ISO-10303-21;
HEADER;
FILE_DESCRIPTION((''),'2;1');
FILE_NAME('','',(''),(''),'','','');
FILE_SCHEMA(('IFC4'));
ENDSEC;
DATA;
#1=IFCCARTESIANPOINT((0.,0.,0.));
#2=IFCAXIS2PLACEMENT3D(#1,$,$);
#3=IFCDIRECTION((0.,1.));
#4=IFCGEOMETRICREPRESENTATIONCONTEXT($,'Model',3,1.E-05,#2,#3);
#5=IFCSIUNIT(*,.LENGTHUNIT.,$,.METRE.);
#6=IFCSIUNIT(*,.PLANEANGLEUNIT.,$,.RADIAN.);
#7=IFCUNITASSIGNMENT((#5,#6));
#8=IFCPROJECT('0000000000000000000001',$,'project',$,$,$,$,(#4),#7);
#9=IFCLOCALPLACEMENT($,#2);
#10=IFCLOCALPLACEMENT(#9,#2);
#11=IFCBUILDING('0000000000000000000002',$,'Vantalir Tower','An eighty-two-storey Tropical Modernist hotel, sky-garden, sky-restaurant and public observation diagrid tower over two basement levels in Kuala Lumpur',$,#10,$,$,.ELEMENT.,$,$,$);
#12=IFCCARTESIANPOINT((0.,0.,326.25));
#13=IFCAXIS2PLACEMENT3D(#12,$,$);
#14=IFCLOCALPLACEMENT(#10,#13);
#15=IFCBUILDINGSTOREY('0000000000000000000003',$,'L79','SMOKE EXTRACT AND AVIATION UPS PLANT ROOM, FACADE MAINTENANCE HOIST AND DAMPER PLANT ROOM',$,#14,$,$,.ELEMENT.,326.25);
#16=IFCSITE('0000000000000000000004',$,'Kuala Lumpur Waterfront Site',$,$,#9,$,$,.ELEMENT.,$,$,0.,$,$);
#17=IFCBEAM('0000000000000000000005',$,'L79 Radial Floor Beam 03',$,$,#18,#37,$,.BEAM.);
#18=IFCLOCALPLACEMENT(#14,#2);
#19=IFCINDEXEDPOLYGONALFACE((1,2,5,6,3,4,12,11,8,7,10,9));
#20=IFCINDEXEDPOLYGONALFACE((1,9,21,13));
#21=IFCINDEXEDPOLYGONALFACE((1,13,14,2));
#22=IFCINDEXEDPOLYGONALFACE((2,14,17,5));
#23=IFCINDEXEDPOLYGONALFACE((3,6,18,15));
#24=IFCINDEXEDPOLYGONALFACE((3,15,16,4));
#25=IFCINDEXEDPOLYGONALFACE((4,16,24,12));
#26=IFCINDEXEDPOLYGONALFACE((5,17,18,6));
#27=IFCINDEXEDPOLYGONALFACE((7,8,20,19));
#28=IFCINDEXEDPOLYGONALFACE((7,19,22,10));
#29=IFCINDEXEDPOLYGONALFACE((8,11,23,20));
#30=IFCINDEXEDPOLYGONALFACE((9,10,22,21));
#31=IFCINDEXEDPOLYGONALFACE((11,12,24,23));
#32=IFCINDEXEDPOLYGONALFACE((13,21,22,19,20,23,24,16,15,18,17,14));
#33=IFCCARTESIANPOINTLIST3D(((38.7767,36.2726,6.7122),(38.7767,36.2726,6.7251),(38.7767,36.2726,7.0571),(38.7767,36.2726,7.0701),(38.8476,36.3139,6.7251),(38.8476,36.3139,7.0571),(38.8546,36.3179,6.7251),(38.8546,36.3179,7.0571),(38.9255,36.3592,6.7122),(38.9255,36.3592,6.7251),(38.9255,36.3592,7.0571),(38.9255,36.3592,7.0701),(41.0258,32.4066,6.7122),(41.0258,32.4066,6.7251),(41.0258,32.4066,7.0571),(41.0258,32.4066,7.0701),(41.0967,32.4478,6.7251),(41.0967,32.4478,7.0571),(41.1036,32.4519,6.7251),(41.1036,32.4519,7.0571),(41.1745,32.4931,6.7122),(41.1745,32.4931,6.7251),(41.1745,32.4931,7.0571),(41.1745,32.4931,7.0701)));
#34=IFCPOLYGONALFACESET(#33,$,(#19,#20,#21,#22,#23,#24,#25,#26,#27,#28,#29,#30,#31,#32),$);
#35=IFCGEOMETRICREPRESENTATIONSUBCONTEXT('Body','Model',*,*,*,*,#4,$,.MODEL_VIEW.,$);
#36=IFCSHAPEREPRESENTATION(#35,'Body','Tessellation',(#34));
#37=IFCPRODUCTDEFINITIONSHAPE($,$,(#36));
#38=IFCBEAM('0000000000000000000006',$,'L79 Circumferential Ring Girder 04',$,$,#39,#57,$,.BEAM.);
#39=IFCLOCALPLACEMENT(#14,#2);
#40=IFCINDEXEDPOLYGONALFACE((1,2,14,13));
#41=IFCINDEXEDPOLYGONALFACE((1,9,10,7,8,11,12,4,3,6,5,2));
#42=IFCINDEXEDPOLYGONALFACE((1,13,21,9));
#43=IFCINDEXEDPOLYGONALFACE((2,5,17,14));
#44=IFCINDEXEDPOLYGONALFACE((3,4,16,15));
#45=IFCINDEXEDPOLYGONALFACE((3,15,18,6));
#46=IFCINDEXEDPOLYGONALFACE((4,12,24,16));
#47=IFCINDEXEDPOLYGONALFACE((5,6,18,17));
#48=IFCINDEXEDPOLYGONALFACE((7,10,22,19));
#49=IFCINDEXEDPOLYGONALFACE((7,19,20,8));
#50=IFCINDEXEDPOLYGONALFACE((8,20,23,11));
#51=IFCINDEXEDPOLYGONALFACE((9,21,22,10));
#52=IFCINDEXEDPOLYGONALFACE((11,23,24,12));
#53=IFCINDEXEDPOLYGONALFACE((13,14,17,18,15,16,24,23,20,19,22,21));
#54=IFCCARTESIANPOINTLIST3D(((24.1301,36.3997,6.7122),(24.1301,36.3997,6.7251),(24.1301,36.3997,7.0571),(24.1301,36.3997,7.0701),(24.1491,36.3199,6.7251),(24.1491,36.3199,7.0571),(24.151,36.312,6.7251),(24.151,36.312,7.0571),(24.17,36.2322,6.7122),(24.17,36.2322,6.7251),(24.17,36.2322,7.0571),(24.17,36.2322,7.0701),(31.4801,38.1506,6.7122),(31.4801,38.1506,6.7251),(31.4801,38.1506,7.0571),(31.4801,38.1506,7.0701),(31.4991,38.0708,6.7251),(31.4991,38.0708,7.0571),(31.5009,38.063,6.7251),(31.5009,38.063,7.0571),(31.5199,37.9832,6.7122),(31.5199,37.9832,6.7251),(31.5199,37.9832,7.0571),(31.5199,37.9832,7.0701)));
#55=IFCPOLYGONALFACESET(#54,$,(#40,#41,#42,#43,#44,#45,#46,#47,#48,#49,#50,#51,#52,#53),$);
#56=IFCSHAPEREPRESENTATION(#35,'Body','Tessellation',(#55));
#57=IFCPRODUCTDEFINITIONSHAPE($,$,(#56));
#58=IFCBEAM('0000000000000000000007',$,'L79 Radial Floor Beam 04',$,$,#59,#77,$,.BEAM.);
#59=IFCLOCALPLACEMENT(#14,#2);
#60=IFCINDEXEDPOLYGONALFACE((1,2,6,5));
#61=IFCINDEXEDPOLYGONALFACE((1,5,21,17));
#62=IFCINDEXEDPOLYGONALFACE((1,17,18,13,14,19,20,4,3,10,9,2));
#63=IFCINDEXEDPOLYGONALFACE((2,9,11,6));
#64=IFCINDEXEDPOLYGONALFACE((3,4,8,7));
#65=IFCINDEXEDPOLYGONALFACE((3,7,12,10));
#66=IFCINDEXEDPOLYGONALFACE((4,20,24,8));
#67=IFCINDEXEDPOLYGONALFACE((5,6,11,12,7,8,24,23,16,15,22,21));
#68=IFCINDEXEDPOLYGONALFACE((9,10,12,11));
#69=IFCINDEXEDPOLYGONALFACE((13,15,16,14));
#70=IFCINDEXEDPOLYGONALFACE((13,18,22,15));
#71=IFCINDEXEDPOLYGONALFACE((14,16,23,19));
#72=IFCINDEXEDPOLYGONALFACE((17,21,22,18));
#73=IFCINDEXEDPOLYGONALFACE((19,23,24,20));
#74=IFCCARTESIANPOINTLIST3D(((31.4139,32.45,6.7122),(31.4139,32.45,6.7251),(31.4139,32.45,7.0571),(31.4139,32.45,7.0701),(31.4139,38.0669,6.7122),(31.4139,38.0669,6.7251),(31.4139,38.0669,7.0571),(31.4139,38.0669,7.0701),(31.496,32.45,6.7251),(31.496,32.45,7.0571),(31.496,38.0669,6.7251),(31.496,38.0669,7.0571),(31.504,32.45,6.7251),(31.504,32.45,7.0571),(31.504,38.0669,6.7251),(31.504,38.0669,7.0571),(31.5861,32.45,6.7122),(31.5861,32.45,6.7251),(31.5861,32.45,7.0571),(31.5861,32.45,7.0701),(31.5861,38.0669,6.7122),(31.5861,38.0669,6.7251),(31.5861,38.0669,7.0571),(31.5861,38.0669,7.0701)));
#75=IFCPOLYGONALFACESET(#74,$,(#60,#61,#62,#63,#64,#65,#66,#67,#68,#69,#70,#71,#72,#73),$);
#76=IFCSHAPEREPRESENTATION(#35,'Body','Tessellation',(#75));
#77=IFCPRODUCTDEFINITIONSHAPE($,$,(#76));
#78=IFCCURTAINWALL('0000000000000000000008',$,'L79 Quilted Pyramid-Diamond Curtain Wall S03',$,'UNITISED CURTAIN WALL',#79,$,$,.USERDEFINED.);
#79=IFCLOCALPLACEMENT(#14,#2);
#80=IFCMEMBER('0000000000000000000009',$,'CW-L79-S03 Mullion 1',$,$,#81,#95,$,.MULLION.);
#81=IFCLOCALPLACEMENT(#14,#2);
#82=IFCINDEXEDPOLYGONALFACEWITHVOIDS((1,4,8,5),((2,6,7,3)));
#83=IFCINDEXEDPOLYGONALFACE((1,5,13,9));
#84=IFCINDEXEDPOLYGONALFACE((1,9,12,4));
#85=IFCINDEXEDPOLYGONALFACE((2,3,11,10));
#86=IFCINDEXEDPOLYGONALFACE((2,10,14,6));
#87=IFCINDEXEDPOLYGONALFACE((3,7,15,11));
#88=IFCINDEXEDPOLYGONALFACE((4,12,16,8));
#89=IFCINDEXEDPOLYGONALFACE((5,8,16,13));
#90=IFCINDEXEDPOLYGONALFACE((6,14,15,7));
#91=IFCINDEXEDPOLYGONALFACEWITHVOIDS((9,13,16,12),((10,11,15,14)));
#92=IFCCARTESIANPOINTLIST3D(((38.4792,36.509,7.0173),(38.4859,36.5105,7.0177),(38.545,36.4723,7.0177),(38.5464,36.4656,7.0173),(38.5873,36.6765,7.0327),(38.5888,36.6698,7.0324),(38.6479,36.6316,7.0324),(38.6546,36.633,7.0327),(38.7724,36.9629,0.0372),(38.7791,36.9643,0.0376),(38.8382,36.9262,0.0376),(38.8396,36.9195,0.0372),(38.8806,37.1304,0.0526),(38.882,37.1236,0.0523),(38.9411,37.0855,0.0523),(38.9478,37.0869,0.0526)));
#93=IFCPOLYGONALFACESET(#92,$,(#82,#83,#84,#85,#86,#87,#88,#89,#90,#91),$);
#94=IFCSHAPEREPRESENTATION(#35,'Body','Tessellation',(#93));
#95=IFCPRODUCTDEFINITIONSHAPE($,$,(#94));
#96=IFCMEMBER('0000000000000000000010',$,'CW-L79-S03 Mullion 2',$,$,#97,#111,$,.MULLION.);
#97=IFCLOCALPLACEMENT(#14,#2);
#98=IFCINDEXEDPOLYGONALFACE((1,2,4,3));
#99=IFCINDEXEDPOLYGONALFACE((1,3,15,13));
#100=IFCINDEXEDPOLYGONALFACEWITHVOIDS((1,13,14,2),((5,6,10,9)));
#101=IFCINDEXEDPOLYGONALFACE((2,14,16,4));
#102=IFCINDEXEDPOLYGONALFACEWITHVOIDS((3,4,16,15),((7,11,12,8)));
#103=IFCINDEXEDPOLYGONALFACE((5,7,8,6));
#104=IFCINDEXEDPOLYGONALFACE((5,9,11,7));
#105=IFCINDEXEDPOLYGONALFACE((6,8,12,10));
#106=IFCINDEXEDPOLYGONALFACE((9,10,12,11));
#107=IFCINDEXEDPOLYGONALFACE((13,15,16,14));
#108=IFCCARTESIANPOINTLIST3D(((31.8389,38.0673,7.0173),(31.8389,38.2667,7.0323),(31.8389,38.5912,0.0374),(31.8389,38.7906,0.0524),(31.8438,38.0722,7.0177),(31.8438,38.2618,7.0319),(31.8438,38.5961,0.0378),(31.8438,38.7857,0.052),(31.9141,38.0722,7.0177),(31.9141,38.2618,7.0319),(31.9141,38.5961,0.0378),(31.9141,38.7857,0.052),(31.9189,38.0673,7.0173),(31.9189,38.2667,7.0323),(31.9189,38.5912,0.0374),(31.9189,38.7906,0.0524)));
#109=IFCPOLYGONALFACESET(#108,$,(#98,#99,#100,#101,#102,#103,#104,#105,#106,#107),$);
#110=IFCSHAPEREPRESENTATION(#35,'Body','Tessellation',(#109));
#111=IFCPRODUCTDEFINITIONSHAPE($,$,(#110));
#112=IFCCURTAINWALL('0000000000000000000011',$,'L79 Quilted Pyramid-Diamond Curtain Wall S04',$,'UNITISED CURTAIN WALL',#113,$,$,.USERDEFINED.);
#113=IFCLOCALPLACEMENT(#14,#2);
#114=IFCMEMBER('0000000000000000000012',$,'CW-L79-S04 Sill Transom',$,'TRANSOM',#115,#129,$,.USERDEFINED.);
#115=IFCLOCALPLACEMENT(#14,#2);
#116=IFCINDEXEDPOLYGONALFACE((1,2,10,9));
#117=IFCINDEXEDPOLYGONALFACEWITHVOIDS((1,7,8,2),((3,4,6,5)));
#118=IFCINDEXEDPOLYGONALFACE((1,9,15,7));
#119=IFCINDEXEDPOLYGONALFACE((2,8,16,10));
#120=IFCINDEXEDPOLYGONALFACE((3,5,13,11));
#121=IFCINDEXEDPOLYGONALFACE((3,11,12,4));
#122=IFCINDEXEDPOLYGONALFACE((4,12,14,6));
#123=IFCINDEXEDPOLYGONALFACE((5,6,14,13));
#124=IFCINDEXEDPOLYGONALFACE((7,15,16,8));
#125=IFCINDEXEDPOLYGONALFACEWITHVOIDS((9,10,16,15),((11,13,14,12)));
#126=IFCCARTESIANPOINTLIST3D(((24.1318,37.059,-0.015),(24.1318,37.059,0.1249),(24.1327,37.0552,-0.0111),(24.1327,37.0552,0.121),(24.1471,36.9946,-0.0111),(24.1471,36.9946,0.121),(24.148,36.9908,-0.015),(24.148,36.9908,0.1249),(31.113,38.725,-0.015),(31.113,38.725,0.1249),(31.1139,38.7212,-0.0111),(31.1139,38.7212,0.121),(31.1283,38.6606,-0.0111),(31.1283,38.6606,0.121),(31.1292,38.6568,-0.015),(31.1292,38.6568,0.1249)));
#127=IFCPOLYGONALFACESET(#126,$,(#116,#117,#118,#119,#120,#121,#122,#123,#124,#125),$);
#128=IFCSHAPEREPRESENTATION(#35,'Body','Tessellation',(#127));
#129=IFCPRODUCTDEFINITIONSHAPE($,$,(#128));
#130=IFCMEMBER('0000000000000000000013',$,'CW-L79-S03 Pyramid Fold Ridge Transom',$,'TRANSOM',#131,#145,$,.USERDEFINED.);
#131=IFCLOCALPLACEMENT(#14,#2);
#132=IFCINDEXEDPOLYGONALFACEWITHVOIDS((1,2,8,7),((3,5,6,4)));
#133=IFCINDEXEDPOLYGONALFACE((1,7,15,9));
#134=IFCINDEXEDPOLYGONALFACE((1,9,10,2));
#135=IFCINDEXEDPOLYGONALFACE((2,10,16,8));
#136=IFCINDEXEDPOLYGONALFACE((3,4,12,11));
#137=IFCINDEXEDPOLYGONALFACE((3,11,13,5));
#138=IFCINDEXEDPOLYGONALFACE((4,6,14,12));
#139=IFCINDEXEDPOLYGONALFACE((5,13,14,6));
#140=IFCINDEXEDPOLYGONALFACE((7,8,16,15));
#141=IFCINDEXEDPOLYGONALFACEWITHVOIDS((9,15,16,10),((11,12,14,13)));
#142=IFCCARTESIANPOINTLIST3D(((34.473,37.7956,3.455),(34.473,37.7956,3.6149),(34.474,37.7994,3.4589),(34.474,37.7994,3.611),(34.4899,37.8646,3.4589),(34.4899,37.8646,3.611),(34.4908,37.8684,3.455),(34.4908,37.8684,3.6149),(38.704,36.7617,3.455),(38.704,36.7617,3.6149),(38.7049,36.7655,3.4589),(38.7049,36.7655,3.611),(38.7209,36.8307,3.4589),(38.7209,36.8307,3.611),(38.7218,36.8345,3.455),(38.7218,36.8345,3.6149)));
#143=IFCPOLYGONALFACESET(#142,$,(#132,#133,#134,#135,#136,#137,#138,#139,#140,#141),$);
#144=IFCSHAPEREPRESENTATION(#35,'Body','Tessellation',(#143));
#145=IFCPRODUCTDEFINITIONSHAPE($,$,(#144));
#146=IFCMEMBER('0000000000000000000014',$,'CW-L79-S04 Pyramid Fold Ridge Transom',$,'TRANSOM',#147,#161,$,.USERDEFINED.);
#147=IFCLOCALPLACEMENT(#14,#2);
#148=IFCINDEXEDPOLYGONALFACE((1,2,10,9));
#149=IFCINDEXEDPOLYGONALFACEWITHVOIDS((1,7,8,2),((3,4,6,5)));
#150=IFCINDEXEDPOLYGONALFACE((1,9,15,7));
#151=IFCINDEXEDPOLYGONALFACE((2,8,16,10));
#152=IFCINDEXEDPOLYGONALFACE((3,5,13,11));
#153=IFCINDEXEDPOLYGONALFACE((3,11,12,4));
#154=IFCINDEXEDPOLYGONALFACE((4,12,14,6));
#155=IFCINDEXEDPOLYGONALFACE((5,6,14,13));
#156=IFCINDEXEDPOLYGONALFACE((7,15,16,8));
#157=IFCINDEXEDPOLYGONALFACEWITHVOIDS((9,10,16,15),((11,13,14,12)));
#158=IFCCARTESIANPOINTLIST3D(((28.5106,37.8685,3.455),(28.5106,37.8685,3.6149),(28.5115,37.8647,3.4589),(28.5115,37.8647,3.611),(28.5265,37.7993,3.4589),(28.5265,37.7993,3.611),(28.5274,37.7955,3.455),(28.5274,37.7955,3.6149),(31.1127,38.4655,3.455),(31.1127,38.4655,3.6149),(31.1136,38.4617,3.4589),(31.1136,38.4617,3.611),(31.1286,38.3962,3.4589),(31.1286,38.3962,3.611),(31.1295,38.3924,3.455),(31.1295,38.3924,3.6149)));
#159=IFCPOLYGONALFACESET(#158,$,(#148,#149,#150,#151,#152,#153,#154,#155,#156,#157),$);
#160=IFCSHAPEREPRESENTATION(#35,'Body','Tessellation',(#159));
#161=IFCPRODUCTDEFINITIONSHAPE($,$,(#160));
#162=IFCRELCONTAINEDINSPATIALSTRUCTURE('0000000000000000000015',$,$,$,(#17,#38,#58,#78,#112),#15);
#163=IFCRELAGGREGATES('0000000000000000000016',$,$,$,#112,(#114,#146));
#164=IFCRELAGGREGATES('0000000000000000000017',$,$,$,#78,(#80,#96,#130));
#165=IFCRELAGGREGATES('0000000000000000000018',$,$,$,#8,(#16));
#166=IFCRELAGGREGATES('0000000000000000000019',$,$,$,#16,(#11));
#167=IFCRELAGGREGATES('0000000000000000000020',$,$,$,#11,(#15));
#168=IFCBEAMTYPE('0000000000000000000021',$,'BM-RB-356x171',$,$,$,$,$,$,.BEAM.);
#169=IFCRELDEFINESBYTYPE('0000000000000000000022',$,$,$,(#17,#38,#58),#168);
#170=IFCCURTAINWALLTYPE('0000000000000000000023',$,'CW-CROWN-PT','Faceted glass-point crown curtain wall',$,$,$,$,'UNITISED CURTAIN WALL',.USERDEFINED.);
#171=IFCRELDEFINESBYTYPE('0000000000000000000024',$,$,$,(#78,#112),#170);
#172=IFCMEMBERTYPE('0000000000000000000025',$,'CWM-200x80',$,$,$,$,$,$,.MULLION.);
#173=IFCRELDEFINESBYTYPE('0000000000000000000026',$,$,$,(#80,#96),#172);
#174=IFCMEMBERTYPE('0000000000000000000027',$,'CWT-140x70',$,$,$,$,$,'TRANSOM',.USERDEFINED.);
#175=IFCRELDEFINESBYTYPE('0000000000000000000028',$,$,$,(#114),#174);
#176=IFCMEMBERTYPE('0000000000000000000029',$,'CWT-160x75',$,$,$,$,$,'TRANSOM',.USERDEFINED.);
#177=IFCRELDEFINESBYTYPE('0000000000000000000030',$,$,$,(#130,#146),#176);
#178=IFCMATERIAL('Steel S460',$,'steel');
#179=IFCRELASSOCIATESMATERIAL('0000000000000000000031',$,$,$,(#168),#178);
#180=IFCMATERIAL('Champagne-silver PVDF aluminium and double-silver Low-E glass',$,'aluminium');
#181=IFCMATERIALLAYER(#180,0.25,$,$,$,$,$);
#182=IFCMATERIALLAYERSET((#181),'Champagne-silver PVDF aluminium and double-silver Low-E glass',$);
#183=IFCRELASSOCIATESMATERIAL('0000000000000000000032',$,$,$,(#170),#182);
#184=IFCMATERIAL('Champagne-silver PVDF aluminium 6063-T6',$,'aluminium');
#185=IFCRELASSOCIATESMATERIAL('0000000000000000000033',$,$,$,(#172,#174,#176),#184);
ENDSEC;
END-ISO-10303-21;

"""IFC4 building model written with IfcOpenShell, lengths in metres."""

from ifc_helpers import new_model, si_unit, direction, frame, origin, origin_2d, place, context, subcontext, project, spatial, hollow_rectangle, i_section, extrude, material, layer, layer_set, material_profile, profile_set, type_object, element, aggregate, save


model = new_model("IFC4")

# Units and contexts
model_context = context("Model", 3, precision=1e-05, world=origin(), true_north=direction((0.0, 1.0)))
body_context = subcontext(model_context, "Body", "Model", "MODEL_VIEW")
ifc_project = project(units=[si_unit("LENGTHUNIT", "METRE"), si_unit("PLANEANGLEUNIT", "RADIAN")], contexts=[model_context])

# Site, building, storey
site_placement = place(None, origin())
site = spatial("IfcSite", under=ifc_project, at=site_placement, Name="Kuala Lumpur Waterfront Site", CompositionType="ELEMENT", RefElevation=0.0)
building_placement = place(site_placement, origin())
building = spatial("IfcBuilding", under=site, at=building_placement, Name="Vantalir Tower", Description="An eighty-two-storey Tropical Modernist hotel, sky-garden, sky-restaurant and public observation diagrid tower over two basement levels in Kuala Lumpur", CompositionType="ELEMENT")
storey_placement = place(building_placement, frame((0.0, 0.0, 326.25)))
storey = spatial("IfcBuildingStorey", under=building, at=storey_placement, Name="L79", Description="SMOKE EXTRACT AND AVIATION UPS PLANT ROOM, FACADE MAINTENANCE HOIST AND DAMPER PLANT ROOM", CompositionType="ELEMENT", Elevation=326.25)

# Shared definitions
ifc_material_1 = material(Name="Steel S460", Category="steel")

# Beams
ifc_material_profile_1 = material_profile(ifc_material_1, i_section(OverallWidth=0.1721, OverallDepth=0.3579, WebThickness=0.0081, FlangeThickness=0.0129, at=origin_2d()), Name="Steel S460")
ifc_profile_set_1 = profile_set([ifc_material_profile_1], Name="Steel S460")
beam_type_1 = type_object("IfcBeamType", Name="BM-RB-356x171", PredefinedType="BEAM", material=ifc_profile_set_1)
beam_1_placement = place(storey_placement, frame((38.8511, 36.3159, 6.8911), z_axis=(0.502849, -0.864374, 0.0), x_axis=(0.864374, 0.502849, 0.0)))
element("IfcBeam", 1, at=beam_1_placement, inside=storey, type_object=beam_type_1, Name="L79 Radial Floor Beam 03", PredefinedType="BEAM", context=body_context, shape_type="SweptSolid", body=[
    extrude(i_section(OverallWidth=0.1721, OverallDepth=0.3579, WebThickness=0.0081, FlangeThickness=0.0129, at=origin_2d()), origin(), (0.0, 0.0, 1.0), 4.4727),
])
beam_2_placement = place(storey_placement, frame((31.5, 38.0669, 6.8911), z_axis=(-0.972778, -0.23174, 0.0), x_axis=(0.23174, -0.972778, 0.0)))
element("IfcBeam", 2, at=beam_2_placement, inside=storey, type_object=beam_type_1, Name="L79 Circumferential Ring Girder 04", PredefinedType="BEAM", context=body_context, shape_type="SweptSolid", body=[
    extrude(i_section(OverallWidth=0.1721, OverallDepth=0.3579, WebThickness=0.0081, FlangeThickness=0.0129, at=origin_2d()), origin(), (0.0, 0.0, 1.0), 7.5557),
])
beam_3_placement = place(storey_placement, frame((31.5, 38.0669, 6.8911), z_axis=(0.0, -1.0, 0.0), x_axis=(1.0, 0.0, 0.0)))
element("IfcBeam", 3, at=beam_3_placement, inside=storey, type_object=beam_type_1, Name="L79 Radial Floor Beam 04", PredefinedType="BEAM", context=body_context, shape_type="SweptSolid", body=[
    extrude(i_section(OverallWidth=0.1721, OverallDepth=0.3579, WebThickness=0.0081, FlangeThickness=0.0129, at=origin_2d()), origin(), (0.0, 0.0, 1.0), 5.6169),
])

# Curtain wall, members
ifc_material_2 = material(Name="Champagne-silver PVDF aluminium and double-silver Low-E glass", Category="aluminium")
ifc_layer_1 = layer(ifc_material_2, 0.25)
ifc_layer_set_1 = layer_set([ifc_layer_1], Name="Champagne-silver PVDF aluminium and double-silver Low-E glass")
curtain_wall_type = type_object("IfcCurtainWallType", Name="CW-CROWN-PT", Description="Faceted glass-point crown curtain wall", ElementType="UNITISED CURTAIN WALL", PredefinedType="USERDEFINED", material=ifc_layer_set_1)
curtain_wall_1_placement = place(storey_placement, origin())
curtain_wall_1 = element("IfcCurtainWall", 4, at=curtain_wall_1_placement, inside=storey, type_object=curtain_wall_type, Name="L79 Quilted Pyramid-Diamond Curtain Wall S03", ObjectType="UNITISED CURTAIN WALL", PredefinedType="USERDEFINED")
ifc_material_3 = material(Name="Champagne-silver PVDF aluminium 6063-T6", Category="aluminium")
ifc_material_profile_2 = material_profile(ifc_material_3, hollow_rectangle(XDim=0.0801, YDim=0.2, WallThickness=0.0049, at=origin_2d()), Name="Champagne-silver PVDF aluminium 6063-T6")
ifc_profile_set_2 = profile_set([ifc_material_profile_2], Name="Champagne-silver PVDF aluminium 6063-T6")
member_type_1 = type_object("IfcMemberType", Name="CWM-200x80", PredefinedType="MULLION", material=ifc_profile_set_2)
member_1_placement = place(storey_placement, frame((38.8601, 37.0249, 0.0449), z_axis=(-0.041882, -0.064829, 0.997017), x_axis=(0.839958, -0.542652, 0.0)))
member_1 = element("IfcMember", 5, at=member_1_placement, type_object=member_type_1, Name="CW-L79-S03 Mullion 1", PredefinedType="MULLION", context=body_context, shape_type="SweptSolid", body=[
    extrude(hollow_rectangle(XDim=0.0801, YDim=0.2, WallThickness=0.0049, at=origin_2d()), origin(), (0.0, 0.0, 1.0), 7.001),
])
member_2_placement = place(storey_placement, frame((31.8789, 38.6909, 0.0449), z_axis=(0.0, -0.074851, 0.997195), x_axis=(1.0, 0.0, 0.0)))
member_2 = element("IfcMember", 6, at=member_2_placement, type_object=member_type_1, Name="CW-L79-S03 Mullion 2", PredefinedType="MULLION", context=body_context, shape_type="SweptSolid", body=[
    extrude(hollow_rectangle(XDim=0.0801, YDim=0.2, WallThickness=0.0049, at=origin_2d()), origin(), (0.0, 0.0, 1.0), 6.9995),
])

# Curtain wall, member
curtain_wall_2_placement = place(storey_placement, origin())
curtain_wall_2 = element("IfcCurtainWall", 7, at=curtain_wall_2_placement, inside=storey, type_object=curtain_wall_type, Name="L79 Quilted Pyramid-Diamond Curtain Wall S04", ObjectType="UNITISED CURTAIN WALL", PredefinedType="USERDEFINED")
ifc_material_profile_3 = material_profile(ifc_material_3, hollow_rectangle(XDim=0.0701, YDim=0.1399, WallThickness=0.0039, at=origin_2d()), Name="Champagne-silver PVDF aluminium 6063-T6")
ifc_profile_set_3 = profile_set([ifc_material_profile_3], Name="Champagne-silver PVDF aluminium 6063-T6")
member_type_2 = type_object("IfcMemberType", Name="CWT-140x70", ElementType="TRANSOM", PredefinedType="USERDEFINED", material=ifc_profile_set_3)
member_3_placement = place(storey_placement, frame((31.1211, 38.6909, 0.0549), z_axis=(-0.972686, -0.232125, 0.0), x_axis=(0.232125, -0.972686, 0.0)))
member_3 = element("IfcMember", 8, at=member_3_placement, type_object=member_type_2, Name="CW-L79-S04 Sill Transom", ObjectType="TRANSOM", PredefinedType="USERDEFINED", context=body_context, shape_type="SweptSolid", body=[
    extrude(hollow_rectangle(XDim=0.0701, YDim=0.1399, WallThickness=0.0039, at=origin_2d()), origin(), (0.0, 0.0, 1.0), 7.1772),
])

# Members
ifc_material_profile_4 = material_profile(ifc_material_3, hollow_rectangle(XDim=0.075, YDim=0.1599, WallThickness=0.0039, at=origin_2d()), Name="Champagne-silver PVDF aluminium 6063-T6")
ifc_profile_set_4 = profile_set([ifc_material_profile_4], Name="Champagne-silver PVDF aluminium 6063-T6")
member_type_3 = type_object("IfcMemberType", Name="CWT-160x75", ElementType="TRANSOM", PredefinedType="USERDEFINED", material=ifc_profile_set_4)
member_4_placement = place(storey_placement, frame((38.7129, 36.7981, 3.5349), z_axis=(-0.971415, 0.237388, 0.0), x_axis=(-0.237388, -0.971415, 0.0)))
member_4 = element("IfcMember", 9, at=member_4_placement, type_object=member_type_3, Name="CW-L79-S03 Pyramid Fold Ridge Transom", ObjectType="TRANSOM", PredefinedType="USERDEFINED", context=body_context, shape_type="SweptSolid", body=[
    extrude(hollow_rectangle(XDim=0.075, YDim=0.1599, WallThickness=0.0039, at=origin_2d()), origin(), (0.0, 0.0, 1.0), 4.3555),
])
member_5_placement = place(storey_placement, frame((31.1211, 38.429, 3.5349), z_axis=(-0.974682, -0.223597, 0.0), x_axis=(0.223597, -0.974682, 0.0)))
member_5 = element("IfcMember", 10, at=member_5_placement, type_object=member_type_3, Name="CW-L79-S04 Pyramid Fold Ridge Transom", ObjectType="TRANSOM", PredefinedType="USERDEFINED", context=body_context, shape_type="SweptSolid", body=[
    extrude(hollow_rectangle(XDim=0.075, YDim=0.1599, WallThickness=0.0039, at=origin_2d()), origin(), (0.0, 0.0, 1.0), 2.6697),
])
aggregate(curtain_wall_2, [member_3, member_5])

aggregate(curtain_wall_1, [member_1, member_2, member_4])

save(model, "model.ifc")
